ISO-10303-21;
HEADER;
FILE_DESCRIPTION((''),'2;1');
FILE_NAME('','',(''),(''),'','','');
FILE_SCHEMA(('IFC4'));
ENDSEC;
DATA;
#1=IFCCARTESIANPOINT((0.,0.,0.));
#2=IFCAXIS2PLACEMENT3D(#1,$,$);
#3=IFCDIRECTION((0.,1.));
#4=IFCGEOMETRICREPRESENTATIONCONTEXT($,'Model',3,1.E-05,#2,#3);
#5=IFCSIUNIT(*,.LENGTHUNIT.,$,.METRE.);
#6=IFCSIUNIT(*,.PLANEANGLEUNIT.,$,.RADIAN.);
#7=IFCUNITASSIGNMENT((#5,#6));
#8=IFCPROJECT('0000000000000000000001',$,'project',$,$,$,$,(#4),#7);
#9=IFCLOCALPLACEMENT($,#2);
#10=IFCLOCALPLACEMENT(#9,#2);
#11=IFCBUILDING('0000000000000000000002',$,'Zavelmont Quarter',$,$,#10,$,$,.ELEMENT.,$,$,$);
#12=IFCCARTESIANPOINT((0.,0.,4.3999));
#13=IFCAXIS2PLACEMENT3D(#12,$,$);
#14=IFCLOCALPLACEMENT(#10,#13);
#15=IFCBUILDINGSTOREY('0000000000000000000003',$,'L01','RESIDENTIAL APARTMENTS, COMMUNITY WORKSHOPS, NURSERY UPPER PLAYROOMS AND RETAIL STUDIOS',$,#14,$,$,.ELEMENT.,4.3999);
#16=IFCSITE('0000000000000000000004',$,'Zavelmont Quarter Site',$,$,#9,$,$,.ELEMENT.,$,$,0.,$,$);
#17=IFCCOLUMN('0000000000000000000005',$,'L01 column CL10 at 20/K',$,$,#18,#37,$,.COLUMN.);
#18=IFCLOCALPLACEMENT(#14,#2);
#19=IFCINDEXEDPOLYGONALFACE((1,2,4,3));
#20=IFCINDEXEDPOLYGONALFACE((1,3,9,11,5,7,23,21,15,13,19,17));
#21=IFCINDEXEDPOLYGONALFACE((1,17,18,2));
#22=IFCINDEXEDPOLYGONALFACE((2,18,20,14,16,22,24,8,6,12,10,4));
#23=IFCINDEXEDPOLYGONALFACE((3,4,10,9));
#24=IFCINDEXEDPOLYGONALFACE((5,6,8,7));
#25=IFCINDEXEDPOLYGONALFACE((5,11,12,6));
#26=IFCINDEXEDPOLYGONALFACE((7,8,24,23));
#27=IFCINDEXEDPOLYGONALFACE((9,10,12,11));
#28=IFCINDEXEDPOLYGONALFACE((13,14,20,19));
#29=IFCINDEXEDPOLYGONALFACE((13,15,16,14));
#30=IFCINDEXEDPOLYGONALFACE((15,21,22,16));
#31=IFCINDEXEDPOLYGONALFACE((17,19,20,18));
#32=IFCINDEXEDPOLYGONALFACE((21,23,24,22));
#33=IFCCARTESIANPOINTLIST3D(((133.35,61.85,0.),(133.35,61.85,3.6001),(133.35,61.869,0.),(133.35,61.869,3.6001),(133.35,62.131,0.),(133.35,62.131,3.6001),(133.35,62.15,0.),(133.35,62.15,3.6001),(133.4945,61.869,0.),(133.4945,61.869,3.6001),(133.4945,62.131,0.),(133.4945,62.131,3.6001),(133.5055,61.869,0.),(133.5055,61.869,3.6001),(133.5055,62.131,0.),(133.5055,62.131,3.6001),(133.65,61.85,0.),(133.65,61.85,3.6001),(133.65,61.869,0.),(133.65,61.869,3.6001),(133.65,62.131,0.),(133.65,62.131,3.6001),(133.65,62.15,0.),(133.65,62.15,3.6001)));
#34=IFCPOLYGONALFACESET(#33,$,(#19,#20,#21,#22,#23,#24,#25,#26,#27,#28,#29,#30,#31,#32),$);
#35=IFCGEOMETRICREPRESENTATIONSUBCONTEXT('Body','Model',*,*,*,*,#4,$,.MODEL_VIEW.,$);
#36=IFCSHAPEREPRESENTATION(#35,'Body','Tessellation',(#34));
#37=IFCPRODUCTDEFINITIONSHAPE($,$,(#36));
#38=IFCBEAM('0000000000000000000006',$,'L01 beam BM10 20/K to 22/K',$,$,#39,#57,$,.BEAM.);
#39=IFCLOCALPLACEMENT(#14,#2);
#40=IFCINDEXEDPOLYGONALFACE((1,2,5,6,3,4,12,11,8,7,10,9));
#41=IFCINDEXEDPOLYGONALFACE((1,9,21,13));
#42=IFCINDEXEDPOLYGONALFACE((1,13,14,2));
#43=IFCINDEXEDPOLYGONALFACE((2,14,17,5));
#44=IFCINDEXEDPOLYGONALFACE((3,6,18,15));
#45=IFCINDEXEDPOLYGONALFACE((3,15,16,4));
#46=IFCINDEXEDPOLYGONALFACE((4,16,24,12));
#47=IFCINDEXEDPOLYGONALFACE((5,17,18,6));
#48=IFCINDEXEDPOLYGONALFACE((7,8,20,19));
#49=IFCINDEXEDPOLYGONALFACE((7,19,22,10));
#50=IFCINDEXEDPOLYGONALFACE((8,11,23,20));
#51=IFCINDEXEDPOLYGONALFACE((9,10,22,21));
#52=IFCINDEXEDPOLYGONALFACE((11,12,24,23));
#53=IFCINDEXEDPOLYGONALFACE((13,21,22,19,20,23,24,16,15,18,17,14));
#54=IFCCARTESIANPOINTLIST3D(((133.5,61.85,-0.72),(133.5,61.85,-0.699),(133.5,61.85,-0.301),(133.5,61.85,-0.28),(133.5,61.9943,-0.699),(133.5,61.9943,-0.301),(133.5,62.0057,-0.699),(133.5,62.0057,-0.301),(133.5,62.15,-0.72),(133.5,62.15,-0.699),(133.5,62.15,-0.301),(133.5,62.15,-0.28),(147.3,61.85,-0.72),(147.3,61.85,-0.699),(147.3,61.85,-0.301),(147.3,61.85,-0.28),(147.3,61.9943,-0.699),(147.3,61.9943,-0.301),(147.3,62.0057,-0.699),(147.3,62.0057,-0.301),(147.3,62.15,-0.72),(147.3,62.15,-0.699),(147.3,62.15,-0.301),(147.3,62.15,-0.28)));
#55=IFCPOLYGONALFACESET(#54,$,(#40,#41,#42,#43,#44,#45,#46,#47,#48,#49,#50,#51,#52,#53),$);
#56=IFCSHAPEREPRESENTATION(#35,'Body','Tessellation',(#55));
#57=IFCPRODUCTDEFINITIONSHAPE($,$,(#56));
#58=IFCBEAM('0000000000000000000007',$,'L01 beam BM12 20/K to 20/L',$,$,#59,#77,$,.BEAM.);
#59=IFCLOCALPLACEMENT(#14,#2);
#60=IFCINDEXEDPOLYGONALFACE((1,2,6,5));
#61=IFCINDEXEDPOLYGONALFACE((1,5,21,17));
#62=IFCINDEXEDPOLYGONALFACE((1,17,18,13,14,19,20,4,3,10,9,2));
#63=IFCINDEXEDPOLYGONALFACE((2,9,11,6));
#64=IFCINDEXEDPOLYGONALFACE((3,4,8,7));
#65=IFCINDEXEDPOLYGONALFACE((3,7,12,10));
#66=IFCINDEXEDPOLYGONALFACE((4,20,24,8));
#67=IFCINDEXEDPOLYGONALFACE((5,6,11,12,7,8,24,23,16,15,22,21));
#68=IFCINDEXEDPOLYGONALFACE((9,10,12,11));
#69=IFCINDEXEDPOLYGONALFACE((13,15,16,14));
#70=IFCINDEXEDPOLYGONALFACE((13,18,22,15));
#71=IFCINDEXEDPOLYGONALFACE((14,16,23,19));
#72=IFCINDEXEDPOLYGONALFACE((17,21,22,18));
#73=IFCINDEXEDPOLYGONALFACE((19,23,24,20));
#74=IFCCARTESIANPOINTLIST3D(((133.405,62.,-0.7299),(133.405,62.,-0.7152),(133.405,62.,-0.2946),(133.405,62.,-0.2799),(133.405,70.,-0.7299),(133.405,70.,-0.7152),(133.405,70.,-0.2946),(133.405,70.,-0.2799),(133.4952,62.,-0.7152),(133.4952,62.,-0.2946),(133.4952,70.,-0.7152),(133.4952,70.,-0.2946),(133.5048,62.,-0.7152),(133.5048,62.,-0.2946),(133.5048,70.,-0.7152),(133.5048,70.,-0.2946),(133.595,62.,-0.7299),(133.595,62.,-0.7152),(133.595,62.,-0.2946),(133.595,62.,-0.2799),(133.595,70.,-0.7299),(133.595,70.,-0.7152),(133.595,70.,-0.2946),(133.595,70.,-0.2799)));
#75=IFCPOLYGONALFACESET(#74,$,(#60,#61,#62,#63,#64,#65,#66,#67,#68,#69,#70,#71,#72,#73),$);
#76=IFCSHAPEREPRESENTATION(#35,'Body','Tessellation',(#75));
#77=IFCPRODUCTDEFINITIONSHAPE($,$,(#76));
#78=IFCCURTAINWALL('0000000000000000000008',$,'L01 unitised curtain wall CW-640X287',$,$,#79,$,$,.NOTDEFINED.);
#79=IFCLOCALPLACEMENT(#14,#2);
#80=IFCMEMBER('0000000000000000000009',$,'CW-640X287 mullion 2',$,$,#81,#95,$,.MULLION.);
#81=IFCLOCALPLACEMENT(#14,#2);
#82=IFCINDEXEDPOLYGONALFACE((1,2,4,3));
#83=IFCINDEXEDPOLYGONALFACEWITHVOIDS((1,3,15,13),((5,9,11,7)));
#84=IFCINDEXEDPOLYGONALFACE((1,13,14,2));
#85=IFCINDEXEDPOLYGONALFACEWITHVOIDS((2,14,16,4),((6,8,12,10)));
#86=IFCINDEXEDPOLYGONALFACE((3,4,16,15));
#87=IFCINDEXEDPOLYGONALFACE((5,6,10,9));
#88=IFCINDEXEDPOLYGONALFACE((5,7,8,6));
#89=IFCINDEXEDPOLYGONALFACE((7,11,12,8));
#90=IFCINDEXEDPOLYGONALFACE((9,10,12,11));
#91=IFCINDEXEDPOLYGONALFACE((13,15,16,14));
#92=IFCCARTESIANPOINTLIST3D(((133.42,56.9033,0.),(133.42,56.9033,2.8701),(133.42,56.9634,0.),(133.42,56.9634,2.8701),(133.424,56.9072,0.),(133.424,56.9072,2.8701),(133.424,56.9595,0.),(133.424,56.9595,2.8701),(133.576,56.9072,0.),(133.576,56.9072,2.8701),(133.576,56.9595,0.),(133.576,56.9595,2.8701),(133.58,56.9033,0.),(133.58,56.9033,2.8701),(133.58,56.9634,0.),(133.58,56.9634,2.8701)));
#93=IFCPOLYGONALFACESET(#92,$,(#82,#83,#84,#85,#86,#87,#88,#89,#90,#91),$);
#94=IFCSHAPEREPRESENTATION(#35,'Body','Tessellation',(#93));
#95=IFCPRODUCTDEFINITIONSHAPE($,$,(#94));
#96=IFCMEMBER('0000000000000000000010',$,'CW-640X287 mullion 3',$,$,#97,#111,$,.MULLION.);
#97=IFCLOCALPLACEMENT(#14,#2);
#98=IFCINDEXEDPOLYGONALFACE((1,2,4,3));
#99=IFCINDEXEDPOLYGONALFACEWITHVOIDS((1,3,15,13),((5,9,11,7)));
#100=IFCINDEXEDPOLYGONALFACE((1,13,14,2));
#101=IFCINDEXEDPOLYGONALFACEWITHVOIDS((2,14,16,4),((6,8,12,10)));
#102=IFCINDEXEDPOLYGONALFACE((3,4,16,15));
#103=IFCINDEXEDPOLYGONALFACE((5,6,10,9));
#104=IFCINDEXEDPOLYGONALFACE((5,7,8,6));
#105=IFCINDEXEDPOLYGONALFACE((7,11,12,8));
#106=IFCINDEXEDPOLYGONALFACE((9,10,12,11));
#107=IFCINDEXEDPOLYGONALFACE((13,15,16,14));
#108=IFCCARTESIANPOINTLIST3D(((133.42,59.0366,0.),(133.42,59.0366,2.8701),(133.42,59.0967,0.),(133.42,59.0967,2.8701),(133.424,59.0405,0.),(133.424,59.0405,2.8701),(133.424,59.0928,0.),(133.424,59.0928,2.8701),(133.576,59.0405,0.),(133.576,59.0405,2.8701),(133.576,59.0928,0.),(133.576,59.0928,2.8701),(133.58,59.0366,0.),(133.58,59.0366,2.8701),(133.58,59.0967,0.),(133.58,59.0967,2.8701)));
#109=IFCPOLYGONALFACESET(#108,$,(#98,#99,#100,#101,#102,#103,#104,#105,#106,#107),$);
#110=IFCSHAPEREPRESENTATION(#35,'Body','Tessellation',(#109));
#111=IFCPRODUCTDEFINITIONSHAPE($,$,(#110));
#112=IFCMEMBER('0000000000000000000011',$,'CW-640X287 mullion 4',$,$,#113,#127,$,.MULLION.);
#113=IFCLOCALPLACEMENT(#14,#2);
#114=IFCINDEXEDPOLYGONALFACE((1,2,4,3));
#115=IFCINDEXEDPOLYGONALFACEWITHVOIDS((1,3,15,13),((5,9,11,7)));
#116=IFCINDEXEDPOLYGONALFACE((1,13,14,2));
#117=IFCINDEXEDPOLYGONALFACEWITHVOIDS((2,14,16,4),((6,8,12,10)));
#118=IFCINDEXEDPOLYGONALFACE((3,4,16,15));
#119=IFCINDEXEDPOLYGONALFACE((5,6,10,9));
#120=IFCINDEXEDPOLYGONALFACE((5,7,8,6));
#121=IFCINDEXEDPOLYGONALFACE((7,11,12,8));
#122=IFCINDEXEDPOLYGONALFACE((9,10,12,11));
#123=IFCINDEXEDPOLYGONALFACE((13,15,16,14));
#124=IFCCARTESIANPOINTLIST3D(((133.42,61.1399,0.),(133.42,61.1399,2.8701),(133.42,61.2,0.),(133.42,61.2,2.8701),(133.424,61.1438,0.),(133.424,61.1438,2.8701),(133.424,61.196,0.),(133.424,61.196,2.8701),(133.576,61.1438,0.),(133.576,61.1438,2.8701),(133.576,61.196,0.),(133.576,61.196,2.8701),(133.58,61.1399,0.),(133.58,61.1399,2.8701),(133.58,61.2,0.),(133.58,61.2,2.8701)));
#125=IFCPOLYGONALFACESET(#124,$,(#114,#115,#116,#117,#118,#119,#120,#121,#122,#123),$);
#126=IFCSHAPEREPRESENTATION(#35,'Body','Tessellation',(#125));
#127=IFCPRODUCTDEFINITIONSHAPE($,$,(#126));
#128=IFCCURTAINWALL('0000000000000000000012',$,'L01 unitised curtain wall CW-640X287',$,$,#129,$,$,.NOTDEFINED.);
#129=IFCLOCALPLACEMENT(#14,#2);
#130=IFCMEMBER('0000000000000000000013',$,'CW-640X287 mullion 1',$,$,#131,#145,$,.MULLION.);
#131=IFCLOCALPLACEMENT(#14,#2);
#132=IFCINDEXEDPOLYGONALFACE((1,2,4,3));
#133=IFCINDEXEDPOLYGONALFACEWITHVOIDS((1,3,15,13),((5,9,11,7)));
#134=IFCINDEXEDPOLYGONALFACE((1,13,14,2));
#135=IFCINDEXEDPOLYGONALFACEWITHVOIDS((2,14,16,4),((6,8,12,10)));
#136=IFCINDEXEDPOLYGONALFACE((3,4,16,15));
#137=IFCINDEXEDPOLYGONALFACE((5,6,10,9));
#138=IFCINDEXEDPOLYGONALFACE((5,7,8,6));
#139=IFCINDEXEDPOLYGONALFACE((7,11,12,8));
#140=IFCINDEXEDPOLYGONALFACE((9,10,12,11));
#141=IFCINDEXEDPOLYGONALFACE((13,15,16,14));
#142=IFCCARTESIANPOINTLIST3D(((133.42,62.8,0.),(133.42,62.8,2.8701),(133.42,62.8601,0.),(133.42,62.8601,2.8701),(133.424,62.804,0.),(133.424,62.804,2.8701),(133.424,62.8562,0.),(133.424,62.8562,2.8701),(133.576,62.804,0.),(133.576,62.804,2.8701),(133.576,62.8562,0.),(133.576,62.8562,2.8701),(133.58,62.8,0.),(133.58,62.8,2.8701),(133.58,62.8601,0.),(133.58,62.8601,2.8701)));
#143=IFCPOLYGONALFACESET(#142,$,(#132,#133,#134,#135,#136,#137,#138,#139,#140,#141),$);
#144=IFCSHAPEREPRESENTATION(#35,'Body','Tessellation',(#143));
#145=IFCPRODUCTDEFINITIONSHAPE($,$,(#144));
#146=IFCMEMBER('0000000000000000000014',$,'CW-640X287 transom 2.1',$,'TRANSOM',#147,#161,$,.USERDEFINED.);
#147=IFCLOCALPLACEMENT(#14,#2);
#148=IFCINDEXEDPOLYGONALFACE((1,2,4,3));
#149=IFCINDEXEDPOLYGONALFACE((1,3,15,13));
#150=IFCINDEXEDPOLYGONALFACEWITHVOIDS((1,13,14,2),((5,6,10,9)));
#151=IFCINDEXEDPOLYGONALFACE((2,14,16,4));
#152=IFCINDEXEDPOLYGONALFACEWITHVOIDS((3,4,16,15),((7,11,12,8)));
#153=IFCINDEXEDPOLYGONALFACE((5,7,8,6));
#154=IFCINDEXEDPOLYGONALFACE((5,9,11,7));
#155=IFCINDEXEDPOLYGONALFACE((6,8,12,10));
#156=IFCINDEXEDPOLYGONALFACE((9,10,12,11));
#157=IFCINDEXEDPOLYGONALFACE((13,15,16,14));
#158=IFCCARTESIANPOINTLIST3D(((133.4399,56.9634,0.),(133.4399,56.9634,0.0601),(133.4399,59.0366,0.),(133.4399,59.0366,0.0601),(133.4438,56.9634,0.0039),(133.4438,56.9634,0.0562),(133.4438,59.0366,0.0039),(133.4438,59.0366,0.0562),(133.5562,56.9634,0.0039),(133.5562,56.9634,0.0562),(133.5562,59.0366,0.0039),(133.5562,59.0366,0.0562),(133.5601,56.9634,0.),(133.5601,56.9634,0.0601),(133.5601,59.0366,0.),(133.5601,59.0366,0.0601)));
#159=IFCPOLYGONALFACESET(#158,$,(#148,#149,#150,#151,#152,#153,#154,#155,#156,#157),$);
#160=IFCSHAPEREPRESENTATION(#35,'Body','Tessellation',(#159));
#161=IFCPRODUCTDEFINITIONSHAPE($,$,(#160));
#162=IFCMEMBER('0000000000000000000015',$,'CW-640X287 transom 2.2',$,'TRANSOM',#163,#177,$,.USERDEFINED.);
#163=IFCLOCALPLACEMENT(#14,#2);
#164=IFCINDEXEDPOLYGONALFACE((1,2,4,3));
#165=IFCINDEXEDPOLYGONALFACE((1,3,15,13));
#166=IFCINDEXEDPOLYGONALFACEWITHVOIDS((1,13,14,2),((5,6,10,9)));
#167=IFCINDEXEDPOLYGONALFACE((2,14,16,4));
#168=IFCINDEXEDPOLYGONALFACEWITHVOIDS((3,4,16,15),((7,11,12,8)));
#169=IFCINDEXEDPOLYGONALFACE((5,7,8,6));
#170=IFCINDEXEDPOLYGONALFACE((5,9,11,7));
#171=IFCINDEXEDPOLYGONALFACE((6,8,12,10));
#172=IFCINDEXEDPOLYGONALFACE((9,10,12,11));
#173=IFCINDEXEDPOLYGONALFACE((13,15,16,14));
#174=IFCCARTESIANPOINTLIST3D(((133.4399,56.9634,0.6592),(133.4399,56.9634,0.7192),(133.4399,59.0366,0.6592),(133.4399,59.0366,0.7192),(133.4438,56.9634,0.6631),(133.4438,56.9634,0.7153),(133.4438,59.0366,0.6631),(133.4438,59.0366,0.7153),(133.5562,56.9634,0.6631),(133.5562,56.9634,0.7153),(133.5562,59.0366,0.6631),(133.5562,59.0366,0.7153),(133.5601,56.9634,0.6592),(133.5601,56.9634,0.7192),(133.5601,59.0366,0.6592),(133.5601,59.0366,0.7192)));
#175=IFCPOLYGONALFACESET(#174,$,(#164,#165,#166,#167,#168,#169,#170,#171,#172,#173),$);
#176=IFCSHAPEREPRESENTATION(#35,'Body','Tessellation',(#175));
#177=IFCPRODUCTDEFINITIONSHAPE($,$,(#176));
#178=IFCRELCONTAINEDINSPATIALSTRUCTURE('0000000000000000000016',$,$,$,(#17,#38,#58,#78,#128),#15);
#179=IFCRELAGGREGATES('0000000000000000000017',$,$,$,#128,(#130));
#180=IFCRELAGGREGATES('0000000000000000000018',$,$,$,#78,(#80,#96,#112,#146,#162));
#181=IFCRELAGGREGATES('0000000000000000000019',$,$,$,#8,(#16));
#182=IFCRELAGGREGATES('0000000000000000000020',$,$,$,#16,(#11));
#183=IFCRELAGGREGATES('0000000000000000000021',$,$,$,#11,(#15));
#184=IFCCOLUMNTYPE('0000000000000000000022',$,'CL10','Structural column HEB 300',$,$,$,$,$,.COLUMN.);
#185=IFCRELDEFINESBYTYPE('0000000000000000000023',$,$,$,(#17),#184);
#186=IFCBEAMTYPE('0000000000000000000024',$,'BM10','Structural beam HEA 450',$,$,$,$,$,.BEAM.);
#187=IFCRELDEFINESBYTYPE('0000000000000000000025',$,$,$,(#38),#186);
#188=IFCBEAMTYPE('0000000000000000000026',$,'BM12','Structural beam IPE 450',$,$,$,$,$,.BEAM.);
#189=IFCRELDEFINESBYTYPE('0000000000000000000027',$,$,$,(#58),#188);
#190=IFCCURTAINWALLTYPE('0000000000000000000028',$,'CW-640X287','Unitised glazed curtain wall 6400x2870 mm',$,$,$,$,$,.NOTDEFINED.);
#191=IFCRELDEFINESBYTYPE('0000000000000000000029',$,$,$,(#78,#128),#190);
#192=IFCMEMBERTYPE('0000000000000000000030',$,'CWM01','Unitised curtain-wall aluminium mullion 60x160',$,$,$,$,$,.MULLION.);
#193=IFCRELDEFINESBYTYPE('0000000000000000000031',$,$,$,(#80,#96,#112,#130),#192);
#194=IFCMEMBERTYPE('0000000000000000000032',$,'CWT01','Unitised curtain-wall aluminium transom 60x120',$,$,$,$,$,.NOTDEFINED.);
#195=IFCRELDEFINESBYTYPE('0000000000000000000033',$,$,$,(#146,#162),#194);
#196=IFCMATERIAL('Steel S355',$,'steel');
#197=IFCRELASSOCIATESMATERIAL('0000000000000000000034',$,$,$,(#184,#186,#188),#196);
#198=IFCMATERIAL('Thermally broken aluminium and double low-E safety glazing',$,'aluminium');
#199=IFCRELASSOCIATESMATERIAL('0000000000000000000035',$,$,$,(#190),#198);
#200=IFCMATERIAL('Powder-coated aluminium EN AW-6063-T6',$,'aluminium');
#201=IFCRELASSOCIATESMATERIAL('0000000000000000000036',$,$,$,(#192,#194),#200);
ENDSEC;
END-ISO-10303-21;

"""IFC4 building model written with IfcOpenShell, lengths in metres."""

from ifc_helpers import new_model, si_unit, direction, frame, origin, origin_2d, place, context, subcontext, project, spatial, hollow_rectangle, i_section, extrude, material, material_profile, profile_set, type_object, element, aggregate, save


model = new_model("IFC4")

# Units and contexts
model_context = context("Model", 3, precision=1e-05, world=origin(), true_north=direction((0.0, 1.0)))
body_context = subcontext(model_context, "Body", "Model", "MODEL_VIEW")
ifc_project = project(units=[si_unit("LENGTHUNIT", "METRE"), si_unit("PLANEANGLEUNIT", "RADIAN")], contexts=[model_context])

# Site, building, storey
site_placement = place(None, origin())
site = spatial("IfcSite", under=ifc_project, at=site_placement, Name="Zavelmont Quarter Site", CompositionType="ELEMENT", RefElevation=0.0)
building_placement = place(site_placement, origin())
building = spatial("IfcBuilding", under=site, at=building_placement, Name="Zavelmont Quarter", CompositionType="ELEMENT")
storey_placement = place(building_placement, frame((0.0, 0.0, 4.3999)))
storey = spatial("IfcBuildingStorey", under=building, at=storey_placement, Name="L01", Description="RESIDENTIAL APARTMENTS, COMMUNITY WORKSHOPS, NURSERY UPPER PLAYROOMS AND RETAIL STUDIOS", CompositionType="ELEMENT", Elevation=4.3999)

# Column
ifc_material_1 = material(Name="Steel S355", Category="steel")
ifc_material_profile_1 = material_profile(ifc_material_1, i_section(OverallWidth=0.3, OverallDepth=0.3, WebThickness=0.011, FlangeThickness=0.019, at=origin_2d()), Name="HEB 300")
ifc_profile_set_1 = profile_set([ifc_material_profile_1], Name="Steel S355")
column_type = type_object("IfcColumnType", Name="CL10", Description="Structural column HEB 300", PredefinedType="COLUMN", material=ifc_profile_set_1)
column_placement = place(storey_placement, frame((133.5, 62.0, 0.0), z_axis=(0.0, 0.0, 1.0), x_axis=(1.0, 0.0, 0.0)))
element("IfcColumn", 1, at=column_placement, inside=storey, type_object=column_type, Name="L01 column CL10 at 20/K", PredefinedType="COLUMN", context=body_context, shape_type="SweptSolid", body=[
    extrude(i_section(OverallWidth=0.3, OverallDepth=0.3, WebThickness=0.011, FlangeThickness=0.019, at=origin_2d()), origin(), (0.0, 0.0, 1.0), 3.6001),
])

# Beams
ifc_material_profile_2 = material_profile(ifc_material_1, i_section(OverallWidth=0.3, OverallDepth=0.4399, WebThickness=0.0115, FlangeThickness=0.021, at=origin_2d()), Name="HEA 450")
ifc_profile_set_2 = profile_set([ifc_material_profile_2], Name="Steel S355")
beam_type_1 = type_object("IfcBeamType", Name="BM10", Description="Structural beam HEA 450", PredefinedType="BEAM", material=ifc_profile_set_2)
beam_1_placement = place(storey_placement, frame((133.5, 62.0, -0.5), z_axis=(1.0, 0.0, 0.0), x_axis=(0.0, 1.0, 0.0)))
element("IfcBeam", 2, at=beam_1_placement, inside=storey, type_object=beam_type_1, Name="L01 beam BM10 20/K to 22/K", PredefinedType="BEAM", context=body_context, shape_type="SweptSolid", body=[
    extrude(i_section(OverallWidth=0.3, OverallDepth=0.4399, WebThickness=0.0115, FlangeThickness=0.021, at=origin_2d()), origin(), (0.0, 0.0, 1.0), 13.8),
])
ifc_material_profile_3 = material_profile(ifc_material_1, i_section(OverallWidth=0.1899, OverallDepth=0.45, WebThickness=0.0095, FlangeThickness=0.0146, at=origin_2d()), Name="IPE 450")
ifc_profile_set_3 = profile_set([ifc_material_profile_3], Name="Steel S355")
beam_type_2 = type_object("IfcBeamType", Name="BM12", Description="Structural beam IPE 450", PredefinedType="BEAM", material=ifc_profile_set_3)
beam_2_placement = place(storey_placement, frame((133.5, 62.0, -0.5049), z_axis=(0.0, 1.0, 0.0), x_axis=(-1.0, 0.0, 0.0)))
element("IfcBeam", 3, at=beam_2_placement, inside=storey, type_object=beam_type_2, Name="L01 beam BM12 20/K to 20/L", PredefinedType="BEAM", context=body_context, shape_type="SweptSolid", body=[
    extrude(i_section(OverallWidth=0.1899, OverallDepth=0.45, WebThickness=0.0095, FlangeThickness=0.0146, at=origin_2d()), origin(), (0.0, 0.0, 1.0), 8.0),
])

# Curtain wall, members
ifc_material_2 = material(Name="Thermally broken aluminium and double low-E safety glazing", Category="aluminium")
curtain_wall_type = type_object("IfcCurtainWallType", Name="CW-640X287", Description="Unitised glazed curtain wall 6400x2870 mm", PredefinedType="NOTDEFINED", material=ifc_material_2)
curtain_wall_1_placement = place(storey_placement, origin())
curtain_wall_1 = element("IfcCurtainWall", 4, at=curtain_wall_1_placement, inside=storey, type_object=curtain_wall_type, Name="L01 unitised curtain wall CW-640X287", PredefinedType="NOTDEFINED")
ifc_material_3 = material(Name="Powder-coated aluminium EN AW-6063-T6", Category="aluminium")
ifc_material_profile_4 = material_profile(ifc_material_3, hollow_rectangle(XDim=0.0601, YDim=0.1599, WallThickness=0.0039, at=origin_2d()), Name="CWM60X160")
ifc_profile_set_4 = profile_set([ifc_material_profile_4], Name="Powder-coated aluminium EN AW-6063-T6")
member_type_1 = type_object("IfcMemberType", Name="CWM01", Description="Unitised curtain-wall aluminium mullion 60x160", PredefinedType="MULLION", material=ifc_profile_set_4)
member_1_placement = place(storey_placement, frame((133.5, 56.9333, 0.0), z_axis=(0.0, 0.0, 1.0), x_axis=(0.0, 1.0, 0.0)))
member_1 = element("IfcMember", 5, at=member_1_placement, type_object=member_type_1, Name="CW-640X287 mullion 2", PredefinedType="MULLION", context=body_context, shape_type="SweptSolid", body=[
    extrude(hollow_rectangle(XDim=0.0601, YDim=0.1599, WallThickness=0.0039, at=origin_2d()), origin(), (0.0, 0.0, 1.0), 2.8701),
])
member_2_placement = place(storey_placement, frame((133.5, 59.0667, 0.0), z_axis=(0.0, 0.0, 1.0), x_axis=(0.0, 1.0, 0.0)))
member_2 = element("IfcMember", 6, at=member_2_placement, type_object=member_type_1, Name="CW-640X287 mullion 3", PredefinedType="MULLION", context=body_context, shape_type="SweptSolid", body=[
    extrude(hollow_rectangle(XDim=0.0601, YDim=0.1599, WallThickness=0.0039, at=origin_2d()), origin(), (0.0, 0.0, 1.0), 2.8701),
])
member_3_placement = place(storey_placement, frame((133.5, 61.1699, 0.0), z_axis=(0.0, 0.0, 1.0), x_axis=(0.0, 1.0, 0.0)))
member_3 = element("IfcMember", 7, at=member_3_placement, type_object=member_type_1, Name="CW-640X287 mullion 4", PredefinedType="MULLION", context=body_context, shape_type="SweptSolid", body=[
    extrude(hollow_rectangle(XDim=0.0601, YDim=0.1599, WallThickness=0.0039, at=origin_2d()), origin(), (0.0, 0.0, 1.0), 2.8701),
])

# Curtain wall, member
curtain_wall_2_placement = place(storey_placement, origin())
curtain_wall_2 = element("IfcCurtainWall", 8, at=curtain_wall_2_placement, inside=storey, type_object=curtain_wall_type, Name="L01 unitised curtain wall CW-640X287", PredefinedType="NOTDEFINED")
member_4_placement = place(storey_placement, frame((133.5, 62.8301, 0.0), z_axis=(0.0, 0.0, 1.0), x_axis=(0.0, 1.0, 0.0)))
member_4 = element("IfcMember", 9, at=member_4_placement, type_object=member_type_1, Name="CW-640X287 mullion 1", PredefinedType="MULLION", context=body_context, shape_type="SweptSolid", body=[
    extrude(hollow_rectangle(XDim=0.0601, YDim=0.1599, WallThickness=0.0039, at=origin_2d()), origin(), (0.0, 0.0, 1.0), 2.8701),
])

# Members
ifc_material_profile_5 = material_profile(ifc_material_3, hollow_rectangle(XDim=0.1201, YDim=0.0601, WallThickness=0.0039, at=origin_2d()), Name="CWT60X120")
ifc_profile_set_5 = profile_set([ifc_material_profile_5], Name="Powder-coated aluminium EN AW-6063-T6")
member_type_2 = type_object("IfcMemberType", Name="CWT01", Description="Unitised curtain-wall aluminium transom 60x120", PredefinedType="NOTDEFINED", material=ifc_profile_set_5)
member_5_placement = place(storey_placement, frame((133.5, 56.9634, 0.03), z_axis=(0.0, 1.0, 0.0), x_axis=(-1.0, 0.0, 0.0)))
member_5 = element("IfcMember", 10, at=member_5_placement, type_object=member_type_2, Name="CW-640X287 transom 2.1", ObjectType="TRANSOM", PredefinedType="USERDEFINED", context=body_context, shape_type="SweptSolid", body=[
    extrude(hollow_rectangle(XDim=0.1201, YDim=0.0601, WallThickness=0.0039, at=origin_2d()), origin(), (0.0, 0.0, 1.0), 2.0732),
])
member_6_placement = place(storey_placement, frame((133.5, 56.9634, 0.6892), z_axis=(0.0, 1.0, 0.0), x_axis=(-1.0, 0.0, 0.0)))
member_6 = element("IfcMember", 11, at=member_6_placement, type_object=member_type_2, Name="CW-640X287 transom 2.2", ObjectType="TRANSOM", PredefinedType="USERDEFINED", context=body_context, shape_type="SweptSolid", body=[
    extrude(hollow_rectangle(XDim=0.1201, YDim=0.0601, WallThickness=0.0039, at=origin_2d()), origin(), (0.0, 0.0, 1.0), 2.0732),
])

aggregate(curtain_wall_2, [member_4])
aggregate(curtain_wall_1, [member_1, member_2, member_3, member_5, member_6])

save(model, "model.ifc")
